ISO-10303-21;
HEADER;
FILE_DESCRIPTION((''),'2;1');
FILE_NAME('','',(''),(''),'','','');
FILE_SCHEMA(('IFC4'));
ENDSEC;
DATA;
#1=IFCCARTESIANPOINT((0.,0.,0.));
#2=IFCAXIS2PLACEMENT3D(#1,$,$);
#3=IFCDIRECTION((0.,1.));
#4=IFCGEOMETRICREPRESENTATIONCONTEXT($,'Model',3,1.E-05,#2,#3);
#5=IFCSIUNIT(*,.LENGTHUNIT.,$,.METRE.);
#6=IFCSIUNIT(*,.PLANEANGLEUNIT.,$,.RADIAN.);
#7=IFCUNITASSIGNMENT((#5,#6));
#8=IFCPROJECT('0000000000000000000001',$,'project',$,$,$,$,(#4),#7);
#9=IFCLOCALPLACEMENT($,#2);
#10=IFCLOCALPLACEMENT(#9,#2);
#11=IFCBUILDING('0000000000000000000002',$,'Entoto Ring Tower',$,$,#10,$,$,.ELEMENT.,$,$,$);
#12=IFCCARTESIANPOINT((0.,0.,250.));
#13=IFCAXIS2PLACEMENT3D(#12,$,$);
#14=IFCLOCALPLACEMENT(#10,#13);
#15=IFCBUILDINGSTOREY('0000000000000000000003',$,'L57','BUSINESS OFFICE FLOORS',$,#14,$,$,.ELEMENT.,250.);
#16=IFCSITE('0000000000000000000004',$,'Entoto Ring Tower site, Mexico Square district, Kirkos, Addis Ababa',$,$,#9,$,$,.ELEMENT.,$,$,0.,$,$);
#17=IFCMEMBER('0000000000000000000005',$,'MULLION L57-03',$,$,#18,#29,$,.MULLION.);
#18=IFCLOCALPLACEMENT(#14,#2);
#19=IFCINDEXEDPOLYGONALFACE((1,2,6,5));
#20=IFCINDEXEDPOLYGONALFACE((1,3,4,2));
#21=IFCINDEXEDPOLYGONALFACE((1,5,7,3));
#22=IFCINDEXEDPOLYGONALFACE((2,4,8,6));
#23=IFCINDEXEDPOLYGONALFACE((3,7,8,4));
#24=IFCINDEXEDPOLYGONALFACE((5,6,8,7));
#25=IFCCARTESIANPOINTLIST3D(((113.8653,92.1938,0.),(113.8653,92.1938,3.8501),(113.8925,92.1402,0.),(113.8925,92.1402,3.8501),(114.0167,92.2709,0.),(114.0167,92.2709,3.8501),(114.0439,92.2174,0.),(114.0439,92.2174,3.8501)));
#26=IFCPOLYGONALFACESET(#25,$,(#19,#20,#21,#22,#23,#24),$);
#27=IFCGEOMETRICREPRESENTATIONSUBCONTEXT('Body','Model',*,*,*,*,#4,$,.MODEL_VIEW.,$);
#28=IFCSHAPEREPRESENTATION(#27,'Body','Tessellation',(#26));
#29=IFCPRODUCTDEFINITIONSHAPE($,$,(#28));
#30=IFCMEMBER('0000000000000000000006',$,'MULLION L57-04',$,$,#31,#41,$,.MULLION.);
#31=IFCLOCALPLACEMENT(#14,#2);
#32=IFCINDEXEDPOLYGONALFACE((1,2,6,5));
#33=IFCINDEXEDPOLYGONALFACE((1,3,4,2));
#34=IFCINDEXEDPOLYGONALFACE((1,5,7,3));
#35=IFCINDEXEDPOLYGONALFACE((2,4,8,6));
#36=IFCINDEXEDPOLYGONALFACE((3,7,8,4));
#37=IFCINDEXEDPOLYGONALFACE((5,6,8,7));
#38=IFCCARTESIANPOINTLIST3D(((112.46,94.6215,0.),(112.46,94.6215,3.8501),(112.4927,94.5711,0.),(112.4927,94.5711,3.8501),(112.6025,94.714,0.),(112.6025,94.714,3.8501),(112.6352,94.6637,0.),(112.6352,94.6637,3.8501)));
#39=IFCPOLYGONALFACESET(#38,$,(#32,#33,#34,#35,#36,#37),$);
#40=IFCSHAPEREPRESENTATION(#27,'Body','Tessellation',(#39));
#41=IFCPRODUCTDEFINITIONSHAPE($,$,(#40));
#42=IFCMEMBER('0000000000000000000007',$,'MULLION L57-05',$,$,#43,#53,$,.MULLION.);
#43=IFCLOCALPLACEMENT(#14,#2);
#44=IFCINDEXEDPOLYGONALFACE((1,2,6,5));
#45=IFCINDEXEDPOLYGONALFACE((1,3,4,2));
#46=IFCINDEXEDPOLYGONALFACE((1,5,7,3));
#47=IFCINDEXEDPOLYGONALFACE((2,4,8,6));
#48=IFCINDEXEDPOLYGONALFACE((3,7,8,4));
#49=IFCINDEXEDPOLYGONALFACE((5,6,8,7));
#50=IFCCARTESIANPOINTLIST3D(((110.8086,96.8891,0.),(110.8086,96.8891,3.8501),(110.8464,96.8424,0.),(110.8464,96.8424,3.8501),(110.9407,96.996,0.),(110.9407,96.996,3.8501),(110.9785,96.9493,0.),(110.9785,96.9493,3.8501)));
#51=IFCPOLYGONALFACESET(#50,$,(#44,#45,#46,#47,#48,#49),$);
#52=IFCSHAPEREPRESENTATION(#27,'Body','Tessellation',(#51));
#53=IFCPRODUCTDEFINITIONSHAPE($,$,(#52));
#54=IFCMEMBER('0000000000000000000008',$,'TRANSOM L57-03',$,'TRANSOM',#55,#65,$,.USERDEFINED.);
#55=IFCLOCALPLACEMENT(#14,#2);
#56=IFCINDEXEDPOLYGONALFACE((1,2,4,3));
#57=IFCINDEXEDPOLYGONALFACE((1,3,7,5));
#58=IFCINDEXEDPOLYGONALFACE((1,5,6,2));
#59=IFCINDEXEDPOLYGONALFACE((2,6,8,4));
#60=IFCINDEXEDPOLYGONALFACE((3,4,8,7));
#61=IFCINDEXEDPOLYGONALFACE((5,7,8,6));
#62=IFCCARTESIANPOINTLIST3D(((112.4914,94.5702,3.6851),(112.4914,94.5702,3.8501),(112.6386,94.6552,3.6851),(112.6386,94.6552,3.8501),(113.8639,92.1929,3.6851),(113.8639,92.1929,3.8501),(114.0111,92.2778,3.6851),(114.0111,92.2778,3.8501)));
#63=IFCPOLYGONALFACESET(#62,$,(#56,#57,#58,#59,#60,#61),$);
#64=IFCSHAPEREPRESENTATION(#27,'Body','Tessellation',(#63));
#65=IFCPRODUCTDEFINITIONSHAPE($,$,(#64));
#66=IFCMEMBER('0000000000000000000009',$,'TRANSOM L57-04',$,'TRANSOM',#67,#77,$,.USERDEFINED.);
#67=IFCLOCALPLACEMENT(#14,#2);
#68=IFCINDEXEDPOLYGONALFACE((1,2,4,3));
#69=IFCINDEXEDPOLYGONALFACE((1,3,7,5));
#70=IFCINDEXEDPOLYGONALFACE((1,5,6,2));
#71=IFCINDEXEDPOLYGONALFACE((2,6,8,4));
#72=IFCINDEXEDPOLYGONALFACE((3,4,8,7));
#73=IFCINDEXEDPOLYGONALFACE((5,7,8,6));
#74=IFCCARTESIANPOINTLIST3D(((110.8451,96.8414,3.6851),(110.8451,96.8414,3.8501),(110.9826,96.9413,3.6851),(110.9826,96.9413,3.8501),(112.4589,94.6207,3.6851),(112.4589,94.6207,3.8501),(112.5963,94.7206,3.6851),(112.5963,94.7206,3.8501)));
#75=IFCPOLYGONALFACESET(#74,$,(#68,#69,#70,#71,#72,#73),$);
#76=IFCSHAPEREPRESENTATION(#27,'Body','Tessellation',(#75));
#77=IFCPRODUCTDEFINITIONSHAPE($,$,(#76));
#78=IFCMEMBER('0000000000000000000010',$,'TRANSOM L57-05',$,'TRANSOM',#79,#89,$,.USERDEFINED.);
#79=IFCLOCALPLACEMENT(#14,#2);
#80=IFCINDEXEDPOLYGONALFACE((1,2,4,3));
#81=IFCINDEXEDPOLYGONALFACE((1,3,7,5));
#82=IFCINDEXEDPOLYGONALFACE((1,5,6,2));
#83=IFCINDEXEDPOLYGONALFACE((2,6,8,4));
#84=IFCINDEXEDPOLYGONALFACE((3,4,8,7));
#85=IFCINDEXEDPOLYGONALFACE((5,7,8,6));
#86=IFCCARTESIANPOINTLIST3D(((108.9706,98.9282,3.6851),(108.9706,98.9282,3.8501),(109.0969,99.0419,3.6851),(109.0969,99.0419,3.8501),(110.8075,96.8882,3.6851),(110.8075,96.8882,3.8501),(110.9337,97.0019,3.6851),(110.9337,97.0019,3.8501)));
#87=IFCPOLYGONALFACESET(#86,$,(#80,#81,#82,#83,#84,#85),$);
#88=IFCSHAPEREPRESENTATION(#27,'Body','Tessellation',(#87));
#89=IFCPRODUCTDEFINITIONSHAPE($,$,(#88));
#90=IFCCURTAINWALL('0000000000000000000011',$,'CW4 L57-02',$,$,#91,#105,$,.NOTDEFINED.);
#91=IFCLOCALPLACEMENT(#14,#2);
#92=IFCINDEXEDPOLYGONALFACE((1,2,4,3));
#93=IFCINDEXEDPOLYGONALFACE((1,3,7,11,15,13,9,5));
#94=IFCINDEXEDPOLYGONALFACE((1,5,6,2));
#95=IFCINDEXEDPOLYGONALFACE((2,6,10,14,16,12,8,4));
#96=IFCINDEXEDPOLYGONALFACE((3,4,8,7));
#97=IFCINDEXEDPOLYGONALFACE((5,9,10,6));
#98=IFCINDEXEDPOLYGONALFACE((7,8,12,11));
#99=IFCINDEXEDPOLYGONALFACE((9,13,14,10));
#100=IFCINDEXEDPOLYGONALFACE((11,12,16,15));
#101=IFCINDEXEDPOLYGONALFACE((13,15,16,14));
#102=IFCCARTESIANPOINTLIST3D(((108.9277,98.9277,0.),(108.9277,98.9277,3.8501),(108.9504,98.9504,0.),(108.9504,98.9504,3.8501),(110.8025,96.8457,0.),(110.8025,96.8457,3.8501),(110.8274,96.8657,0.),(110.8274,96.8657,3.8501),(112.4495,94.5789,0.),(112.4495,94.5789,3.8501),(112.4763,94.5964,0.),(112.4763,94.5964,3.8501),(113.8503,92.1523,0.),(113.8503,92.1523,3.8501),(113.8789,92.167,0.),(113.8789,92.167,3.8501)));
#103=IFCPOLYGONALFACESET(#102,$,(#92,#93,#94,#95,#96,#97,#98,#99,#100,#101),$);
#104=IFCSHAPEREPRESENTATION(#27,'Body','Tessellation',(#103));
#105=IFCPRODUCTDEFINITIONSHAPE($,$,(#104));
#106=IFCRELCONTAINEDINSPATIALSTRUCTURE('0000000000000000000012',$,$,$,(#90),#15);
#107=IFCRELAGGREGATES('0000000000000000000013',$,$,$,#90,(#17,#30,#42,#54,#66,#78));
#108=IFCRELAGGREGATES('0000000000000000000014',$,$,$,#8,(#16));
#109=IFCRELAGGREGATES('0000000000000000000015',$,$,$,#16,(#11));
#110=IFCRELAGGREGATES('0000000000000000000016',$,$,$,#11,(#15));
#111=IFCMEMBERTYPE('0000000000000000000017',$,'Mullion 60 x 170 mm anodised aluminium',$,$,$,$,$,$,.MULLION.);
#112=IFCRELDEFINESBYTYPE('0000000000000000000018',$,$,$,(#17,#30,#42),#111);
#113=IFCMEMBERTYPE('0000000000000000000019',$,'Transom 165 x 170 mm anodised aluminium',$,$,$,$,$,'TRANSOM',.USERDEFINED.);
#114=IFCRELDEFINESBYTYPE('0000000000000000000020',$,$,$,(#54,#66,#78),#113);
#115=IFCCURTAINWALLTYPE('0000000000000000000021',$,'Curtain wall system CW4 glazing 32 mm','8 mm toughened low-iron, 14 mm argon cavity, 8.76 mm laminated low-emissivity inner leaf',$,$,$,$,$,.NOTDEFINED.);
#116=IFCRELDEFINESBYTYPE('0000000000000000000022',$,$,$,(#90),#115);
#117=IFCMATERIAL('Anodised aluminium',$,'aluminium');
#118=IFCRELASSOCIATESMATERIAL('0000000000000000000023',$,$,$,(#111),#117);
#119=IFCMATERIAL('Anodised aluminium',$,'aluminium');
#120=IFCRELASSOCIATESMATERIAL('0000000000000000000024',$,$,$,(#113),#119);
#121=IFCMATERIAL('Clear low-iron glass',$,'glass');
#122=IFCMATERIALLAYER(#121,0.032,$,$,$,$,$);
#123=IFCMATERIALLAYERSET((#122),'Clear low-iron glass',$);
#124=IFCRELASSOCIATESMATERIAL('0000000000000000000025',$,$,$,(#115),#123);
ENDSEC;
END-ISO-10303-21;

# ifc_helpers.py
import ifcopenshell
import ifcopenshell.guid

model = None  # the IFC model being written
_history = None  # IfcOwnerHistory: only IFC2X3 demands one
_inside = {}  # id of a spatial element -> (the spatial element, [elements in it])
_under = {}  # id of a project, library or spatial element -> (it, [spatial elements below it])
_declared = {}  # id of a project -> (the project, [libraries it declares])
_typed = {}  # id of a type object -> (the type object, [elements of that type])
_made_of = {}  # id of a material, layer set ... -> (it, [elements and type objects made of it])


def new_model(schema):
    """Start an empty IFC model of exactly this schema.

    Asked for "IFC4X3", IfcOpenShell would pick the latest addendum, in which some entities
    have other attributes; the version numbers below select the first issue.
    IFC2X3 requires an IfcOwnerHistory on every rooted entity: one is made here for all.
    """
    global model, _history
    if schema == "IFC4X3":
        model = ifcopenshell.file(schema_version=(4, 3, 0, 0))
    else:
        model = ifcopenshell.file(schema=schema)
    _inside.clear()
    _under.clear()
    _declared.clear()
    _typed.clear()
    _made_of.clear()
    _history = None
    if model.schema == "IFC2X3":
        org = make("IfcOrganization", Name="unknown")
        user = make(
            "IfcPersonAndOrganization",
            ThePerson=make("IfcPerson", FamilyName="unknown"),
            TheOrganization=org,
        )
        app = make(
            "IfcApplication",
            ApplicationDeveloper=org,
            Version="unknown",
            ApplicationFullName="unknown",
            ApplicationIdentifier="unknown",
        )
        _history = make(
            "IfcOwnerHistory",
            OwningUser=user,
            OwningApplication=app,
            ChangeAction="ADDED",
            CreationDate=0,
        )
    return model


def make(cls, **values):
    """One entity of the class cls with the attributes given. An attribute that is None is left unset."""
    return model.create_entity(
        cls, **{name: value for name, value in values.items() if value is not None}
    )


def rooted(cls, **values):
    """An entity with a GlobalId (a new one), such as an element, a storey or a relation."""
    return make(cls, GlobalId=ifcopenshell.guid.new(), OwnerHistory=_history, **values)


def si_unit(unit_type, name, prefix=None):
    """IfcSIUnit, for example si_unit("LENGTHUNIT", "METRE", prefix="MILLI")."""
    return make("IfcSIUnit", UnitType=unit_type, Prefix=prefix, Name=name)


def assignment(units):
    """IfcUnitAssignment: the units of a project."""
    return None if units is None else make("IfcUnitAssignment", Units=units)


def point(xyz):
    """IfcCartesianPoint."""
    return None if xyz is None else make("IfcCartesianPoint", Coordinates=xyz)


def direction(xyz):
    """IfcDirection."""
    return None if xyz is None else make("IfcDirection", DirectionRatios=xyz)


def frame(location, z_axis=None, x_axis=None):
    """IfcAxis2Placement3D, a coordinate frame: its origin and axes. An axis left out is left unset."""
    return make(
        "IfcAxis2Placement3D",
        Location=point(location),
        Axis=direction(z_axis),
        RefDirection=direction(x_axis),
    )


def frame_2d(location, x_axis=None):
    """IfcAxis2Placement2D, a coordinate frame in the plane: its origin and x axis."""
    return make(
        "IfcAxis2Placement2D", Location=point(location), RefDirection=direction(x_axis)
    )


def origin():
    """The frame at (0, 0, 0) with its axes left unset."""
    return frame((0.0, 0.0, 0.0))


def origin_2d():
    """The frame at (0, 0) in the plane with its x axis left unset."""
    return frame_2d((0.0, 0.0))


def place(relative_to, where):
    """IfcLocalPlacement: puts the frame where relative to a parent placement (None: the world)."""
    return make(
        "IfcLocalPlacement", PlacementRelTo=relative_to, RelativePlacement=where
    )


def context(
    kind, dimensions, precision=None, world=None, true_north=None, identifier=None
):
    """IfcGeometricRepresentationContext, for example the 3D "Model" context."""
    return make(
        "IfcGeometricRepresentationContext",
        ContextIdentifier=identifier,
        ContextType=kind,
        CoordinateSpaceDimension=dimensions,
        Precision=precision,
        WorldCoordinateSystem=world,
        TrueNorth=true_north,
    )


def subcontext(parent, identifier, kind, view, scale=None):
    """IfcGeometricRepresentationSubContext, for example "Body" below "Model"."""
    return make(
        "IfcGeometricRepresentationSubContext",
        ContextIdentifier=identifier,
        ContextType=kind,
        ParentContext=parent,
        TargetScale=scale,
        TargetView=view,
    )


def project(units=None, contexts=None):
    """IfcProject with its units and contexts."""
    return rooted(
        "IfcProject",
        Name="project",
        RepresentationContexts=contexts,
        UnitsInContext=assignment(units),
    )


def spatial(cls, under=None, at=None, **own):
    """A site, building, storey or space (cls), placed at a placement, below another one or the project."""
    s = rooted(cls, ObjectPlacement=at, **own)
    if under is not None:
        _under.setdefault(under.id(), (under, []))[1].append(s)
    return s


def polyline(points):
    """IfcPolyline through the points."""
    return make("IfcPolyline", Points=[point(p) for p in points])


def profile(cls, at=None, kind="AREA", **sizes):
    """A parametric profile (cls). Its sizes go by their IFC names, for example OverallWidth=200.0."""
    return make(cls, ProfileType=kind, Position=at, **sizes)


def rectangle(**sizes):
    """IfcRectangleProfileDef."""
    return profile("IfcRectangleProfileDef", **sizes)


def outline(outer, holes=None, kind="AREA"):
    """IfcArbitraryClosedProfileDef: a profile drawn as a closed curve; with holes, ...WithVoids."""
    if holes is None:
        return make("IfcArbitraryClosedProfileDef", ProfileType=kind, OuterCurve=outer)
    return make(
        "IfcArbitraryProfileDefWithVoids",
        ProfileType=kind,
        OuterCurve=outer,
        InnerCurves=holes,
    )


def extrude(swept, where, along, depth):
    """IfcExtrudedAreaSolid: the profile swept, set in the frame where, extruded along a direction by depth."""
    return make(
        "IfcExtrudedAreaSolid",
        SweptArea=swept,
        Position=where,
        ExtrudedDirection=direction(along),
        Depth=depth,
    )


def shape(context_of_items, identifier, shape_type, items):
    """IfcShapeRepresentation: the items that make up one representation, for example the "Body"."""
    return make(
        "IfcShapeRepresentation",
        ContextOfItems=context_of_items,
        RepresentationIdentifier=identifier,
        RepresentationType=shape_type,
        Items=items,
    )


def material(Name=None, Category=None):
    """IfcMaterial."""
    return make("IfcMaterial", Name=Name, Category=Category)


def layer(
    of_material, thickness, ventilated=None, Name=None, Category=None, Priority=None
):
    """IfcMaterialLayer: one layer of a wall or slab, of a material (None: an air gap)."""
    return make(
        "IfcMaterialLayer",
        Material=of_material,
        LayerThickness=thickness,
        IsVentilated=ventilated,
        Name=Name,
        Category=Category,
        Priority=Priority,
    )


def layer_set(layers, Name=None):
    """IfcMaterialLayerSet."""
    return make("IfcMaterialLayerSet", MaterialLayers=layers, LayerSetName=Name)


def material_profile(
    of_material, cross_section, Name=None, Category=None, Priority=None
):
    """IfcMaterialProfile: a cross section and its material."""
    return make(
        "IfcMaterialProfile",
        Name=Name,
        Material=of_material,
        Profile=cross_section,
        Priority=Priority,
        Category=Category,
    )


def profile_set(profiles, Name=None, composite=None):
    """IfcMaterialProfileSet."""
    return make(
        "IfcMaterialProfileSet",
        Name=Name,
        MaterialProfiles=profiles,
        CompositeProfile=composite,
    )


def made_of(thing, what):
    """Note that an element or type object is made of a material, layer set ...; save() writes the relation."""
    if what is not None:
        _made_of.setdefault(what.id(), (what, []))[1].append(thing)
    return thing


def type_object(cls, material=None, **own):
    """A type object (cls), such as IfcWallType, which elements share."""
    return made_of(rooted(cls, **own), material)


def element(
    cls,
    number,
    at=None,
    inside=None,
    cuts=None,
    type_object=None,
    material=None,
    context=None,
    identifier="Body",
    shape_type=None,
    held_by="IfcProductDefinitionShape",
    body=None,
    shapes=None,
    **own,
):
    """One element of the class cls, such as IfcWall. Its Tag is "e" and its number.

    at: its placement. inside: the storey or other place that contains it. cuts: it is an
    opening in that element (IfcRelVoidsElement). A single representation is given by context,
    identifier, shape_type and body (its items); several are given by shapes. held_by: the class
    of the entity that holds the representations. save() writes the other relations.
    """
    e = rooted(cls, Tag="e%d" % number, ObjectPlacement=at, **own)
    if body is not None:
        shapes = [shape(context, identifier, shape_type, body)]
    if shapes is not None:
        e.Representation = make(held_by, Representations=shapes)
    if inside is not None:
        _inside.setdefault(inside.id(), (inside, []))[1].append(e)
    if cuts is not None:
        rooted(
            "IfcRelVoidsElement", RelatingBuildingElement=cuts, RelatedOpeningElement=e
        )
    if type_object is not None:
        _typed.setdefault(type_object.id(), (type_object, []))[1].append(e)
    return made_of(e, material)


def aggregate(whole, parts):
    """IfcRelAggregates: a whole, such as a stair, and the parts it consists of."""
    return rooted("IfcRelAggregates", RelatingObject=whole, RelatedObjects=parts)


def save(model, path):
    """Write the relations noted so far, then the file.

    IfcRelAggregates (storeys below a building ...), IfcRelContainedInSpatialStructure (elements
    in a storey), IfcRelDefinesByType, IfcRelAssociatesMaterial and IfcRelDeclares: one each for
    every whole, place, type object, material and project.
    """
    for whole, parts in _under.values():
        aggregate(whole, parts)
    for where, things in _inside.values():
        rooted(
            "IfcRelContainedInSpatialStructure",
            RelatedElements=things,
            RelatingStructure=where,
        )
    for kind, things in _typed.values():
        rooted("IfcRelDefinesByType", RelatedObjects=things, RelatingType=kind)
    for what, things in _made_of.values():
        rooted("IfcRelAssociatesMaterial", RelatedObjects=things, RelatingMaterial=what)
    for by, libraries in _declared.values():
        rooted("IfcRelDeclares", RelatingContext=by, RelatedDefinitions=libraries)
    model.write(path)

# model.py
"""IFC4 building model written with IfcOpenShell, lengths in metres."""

from ifc_helpers import new_model, si_unit, direction, frame, origin, origin_2d, place, context, subcontext, project, spatial, polyline, rectangle, outline, extrude, material, layer, layer_set, material_profile, profile_set, type_object, element, aggregate, save


model = new_model("IFC4")

# Units and contexts
model_context = context("Model", 3, precision=1e-05, world=origin(), true_north=direction((0.0, 1.0)))
body_context = subcontext(model_context, "Body", "Model", "MODEL_VIEW")
ifc_project = project(units=[si_unit("LENGTHUNIT", "METRE"), si_unit("PLANEANGLEUNIT", "RADIAN")], contexts=[model_context])

# Members
ifc_material_1 = material(Name="Anodised aluminium", Category="aluminium")
ifc_material_profile_1 = material_profile(ifc_material_1, rectangle(XDim=0.0601, YDim=0.1699, at=origin_2d()), Name="Mullion 60 x 170 mm anodised aluminium")
ifc_profile_set_1 = profile_set([ifc_material_profile_1], Name="Anodised aluminium")
member_type_1 = type_object("IfcMemberType", Name="Mullion 60 x 170 mm anodised aluminium", PredefinedType="MULLION", material=ifc_profile_set_1)
site_placement = place(None, origin())
building_placement = place(site_placement, origin())
storey_placement = place(building_placement, frame((0.0, 0.0, 250.0)))
member_1_placement = place(storey_placement, frame((113.9546, 92.2056, 0.0), z_axis=(0.0, 0.0, 1.0), x_axis=(-0.45399, 0.891007, 0.0)))
member_1 = element("IfcMember", 1, at=member_1_placement, type_object=member_type_1, Name="MULLION L57-03", PredefinedType="MULLION", context=body_context, shape_type="SweptSolid", body=[
    extrude(rectangle(XDim=0.0601, YDim=0.1699, at=origin_2d()), origin(), (0.0, 0.0, 1.0), 3.8501),
])
member_2_placement = place(storey_placement, frame((112.5476, 94.6426, 0.0), z_axis=(0.0, 0.0, 1.0), x_axis=(-0.544639, 0.838671, 0.0)))
member_2 = element("IfcMember", 2, at=member_2_placement, type_object=member_type_1, Name="MULLION L57-04", PredefinedType="MULLION", context=body_context, shape_type="SweptSolid", body=[
    extrude(rectangle(XDim=0.0601, YDim=0.1699, at=origin_2d()), origin(), (0.0, 0.0, 1.0), 3.8501),
])
member_3_placement = place(storey_placement, frame((110.8936, 96.9192, 0.0), z_axis=(0.0, 0.0, 1.0), x_axis=(-0.62932, 0.777146, 0.0)))
member_3 = element("IfcMember", 3, at=member_3_placement, type_object=member_type_1, Name="MULLION L57-05", PredefinedType="MULLION", context=body_context, shape_type="SweptSolid", body=[
    extrude(rectangle(XDim=0.0601, YDim=0.1699, at=origin_2d()), origin(), (0.0, 0.0, 1.0), 3.8501),
])
ifc_material_2 = material(Name="Anodised aluminium", Category="aluminium")
ifc_material_profile_2 = material_profile(ifc_material_2, rectangle(XDim=0.1699, YDim=0.165, at=origin_2d()), Name="Transom 165 x 170 mm anodised aluminium")
ifc_profile_set_2 = profile_set([ifc_material_profile_2], Name="Anodised aluminium")
member_type_2 = type_object("IfcMemberType", Name="Transom 165 x 170 mm anodised aluminium", ElementType="TRANSOM", PredefinedType="USERDEFINED", material=ifc_profile_set_2)
member_4_placement = place(storey_placement, frame((113.9375, 92.2354, 3.7676), z_axis=(-0.499984, 0.866035, 0.0), x_axis=(-0.866035, -0.499984, 0.0)))
member_4 = element("IfcMember", 4, at=member_4_placement, type_object=member_type_2, Name="TRANSOM L57-03", ObjectType="TRANSOM", PredefinedType="USERDEFINED", context=body_context, shape_type="SweptSolid", body=[
    extrude(rectangle(XDim=0.1699, YDim=0.165, at=origin_2d()), origin(), (0.0, 0.0, 1.0), 2.7451),
])
member_5_placement = place(storey_placement, frame((112.5276, 94.6707, 3.7676), z_axis=(-0.587865, 0.808959, 0.0), x_axis=(-0.808959, -0.587865, 0.0)))
member_5 = element("IfcMember", 5, at=member_5_placement, type_object=member_type_2, Name="TRANSOM L57-04", ObjectType="TRANSOM", PredefinedType="USERDEFINED", context=body_context, shape_type="SweptSolid", body=[
    extrude(rectangle(XDim=0.1699, YDim=0.165, at=origin_2d()), origin(), (0.0, 0.0, 1.0), 2.7451),
])
member_6_placement = place(storey_placement, frame((110.8706, 96.9451, 3.7676), z_axis=(-0.669142, 0.743135, 0.0), x_axis=(-0.743135, -0.669142, 0.0)))
member_6 = element("IfcMember", 6, at=member_6_placement, type_object=member_type_2, Name="TRANSOM L57-05", ObjectType="TRANSOM", PredefinedType="USERDEFINED", context=body_context, shape_type="SweptSolid", body=[
    extrude(rectangle(XDim=0.1699, YDim=0.165, at=origin_2d()), origin(), (0.0, 0.0, 1.0), 2.7451),
])

# Site, building, storey
site = spatial("IfcSite", under=ifc_project, at=site_placement, Name="Entoto Ring Tower site, Mexico Square district, Kirkos, Addis Ababa", CompositionType="ELEMENT", RefElevation=0.0)
building = spatial("IfcBuilding", under=site, at=building_placement, Name="Entoto Ring Tower", CompositionType="ELEMENT")
storey = spatial("IfcBuildingStorey", under=building, at=storey_placement, Name="L57", Description="BUSINESS OFFICE FLOORS", CompositionType="ELEMENT", Elevation=250.0)

# Curtain wall
ifc_material_3 = material(Name="Clear low-iron glass", Category="glass")
ifc_layer_1 = layer(ifc_material_3, 0.032)
ifc_layer_set_1 = layer_set([ifc_layer_1], Name="Clear low-iron glass")
curtain_wall_type = type_object("IfcCurtainWallType", Name="Curtain wall system CW4 glazing 32 mm", Description="8 mm toughened low-iron, 14 mm argon cavity, 8.76 mm laminated low-emissivity inner leaf", PredefinedType="NOTDEFINED", material=ifc_layer_set_1)
curtain_wall_1_placement = place(storey_placement, origin())
curtain_wall_1 = element("IfcCurtainWall", 7, at=curtain_wall_1_placement, inside=storey, type_object=curtain_wall_type, Name="CW4 L57-02", PredefinedType="NOTDEFINED", context=body_context, shape_type="SweptSolid", body=[
    extrude(outline(polyline([(113.8789, 92.167), (112.4763, 94.5964), (110.8274, 96.8657), (108.9504, 98.9504), (108.9277, 98.9277), (110.8025, 96.8457), (112.4495, 94.5789), (113.8503, 92.1523), (113.8789, 92.167)])), origin(), (0.0, 0.0, 1.0), 3.8501),
])
aggregate(curtain_wall_1, [member_1, member_2, member_3, member_4, member_5, member_6])

save(model, "model.ifc")
